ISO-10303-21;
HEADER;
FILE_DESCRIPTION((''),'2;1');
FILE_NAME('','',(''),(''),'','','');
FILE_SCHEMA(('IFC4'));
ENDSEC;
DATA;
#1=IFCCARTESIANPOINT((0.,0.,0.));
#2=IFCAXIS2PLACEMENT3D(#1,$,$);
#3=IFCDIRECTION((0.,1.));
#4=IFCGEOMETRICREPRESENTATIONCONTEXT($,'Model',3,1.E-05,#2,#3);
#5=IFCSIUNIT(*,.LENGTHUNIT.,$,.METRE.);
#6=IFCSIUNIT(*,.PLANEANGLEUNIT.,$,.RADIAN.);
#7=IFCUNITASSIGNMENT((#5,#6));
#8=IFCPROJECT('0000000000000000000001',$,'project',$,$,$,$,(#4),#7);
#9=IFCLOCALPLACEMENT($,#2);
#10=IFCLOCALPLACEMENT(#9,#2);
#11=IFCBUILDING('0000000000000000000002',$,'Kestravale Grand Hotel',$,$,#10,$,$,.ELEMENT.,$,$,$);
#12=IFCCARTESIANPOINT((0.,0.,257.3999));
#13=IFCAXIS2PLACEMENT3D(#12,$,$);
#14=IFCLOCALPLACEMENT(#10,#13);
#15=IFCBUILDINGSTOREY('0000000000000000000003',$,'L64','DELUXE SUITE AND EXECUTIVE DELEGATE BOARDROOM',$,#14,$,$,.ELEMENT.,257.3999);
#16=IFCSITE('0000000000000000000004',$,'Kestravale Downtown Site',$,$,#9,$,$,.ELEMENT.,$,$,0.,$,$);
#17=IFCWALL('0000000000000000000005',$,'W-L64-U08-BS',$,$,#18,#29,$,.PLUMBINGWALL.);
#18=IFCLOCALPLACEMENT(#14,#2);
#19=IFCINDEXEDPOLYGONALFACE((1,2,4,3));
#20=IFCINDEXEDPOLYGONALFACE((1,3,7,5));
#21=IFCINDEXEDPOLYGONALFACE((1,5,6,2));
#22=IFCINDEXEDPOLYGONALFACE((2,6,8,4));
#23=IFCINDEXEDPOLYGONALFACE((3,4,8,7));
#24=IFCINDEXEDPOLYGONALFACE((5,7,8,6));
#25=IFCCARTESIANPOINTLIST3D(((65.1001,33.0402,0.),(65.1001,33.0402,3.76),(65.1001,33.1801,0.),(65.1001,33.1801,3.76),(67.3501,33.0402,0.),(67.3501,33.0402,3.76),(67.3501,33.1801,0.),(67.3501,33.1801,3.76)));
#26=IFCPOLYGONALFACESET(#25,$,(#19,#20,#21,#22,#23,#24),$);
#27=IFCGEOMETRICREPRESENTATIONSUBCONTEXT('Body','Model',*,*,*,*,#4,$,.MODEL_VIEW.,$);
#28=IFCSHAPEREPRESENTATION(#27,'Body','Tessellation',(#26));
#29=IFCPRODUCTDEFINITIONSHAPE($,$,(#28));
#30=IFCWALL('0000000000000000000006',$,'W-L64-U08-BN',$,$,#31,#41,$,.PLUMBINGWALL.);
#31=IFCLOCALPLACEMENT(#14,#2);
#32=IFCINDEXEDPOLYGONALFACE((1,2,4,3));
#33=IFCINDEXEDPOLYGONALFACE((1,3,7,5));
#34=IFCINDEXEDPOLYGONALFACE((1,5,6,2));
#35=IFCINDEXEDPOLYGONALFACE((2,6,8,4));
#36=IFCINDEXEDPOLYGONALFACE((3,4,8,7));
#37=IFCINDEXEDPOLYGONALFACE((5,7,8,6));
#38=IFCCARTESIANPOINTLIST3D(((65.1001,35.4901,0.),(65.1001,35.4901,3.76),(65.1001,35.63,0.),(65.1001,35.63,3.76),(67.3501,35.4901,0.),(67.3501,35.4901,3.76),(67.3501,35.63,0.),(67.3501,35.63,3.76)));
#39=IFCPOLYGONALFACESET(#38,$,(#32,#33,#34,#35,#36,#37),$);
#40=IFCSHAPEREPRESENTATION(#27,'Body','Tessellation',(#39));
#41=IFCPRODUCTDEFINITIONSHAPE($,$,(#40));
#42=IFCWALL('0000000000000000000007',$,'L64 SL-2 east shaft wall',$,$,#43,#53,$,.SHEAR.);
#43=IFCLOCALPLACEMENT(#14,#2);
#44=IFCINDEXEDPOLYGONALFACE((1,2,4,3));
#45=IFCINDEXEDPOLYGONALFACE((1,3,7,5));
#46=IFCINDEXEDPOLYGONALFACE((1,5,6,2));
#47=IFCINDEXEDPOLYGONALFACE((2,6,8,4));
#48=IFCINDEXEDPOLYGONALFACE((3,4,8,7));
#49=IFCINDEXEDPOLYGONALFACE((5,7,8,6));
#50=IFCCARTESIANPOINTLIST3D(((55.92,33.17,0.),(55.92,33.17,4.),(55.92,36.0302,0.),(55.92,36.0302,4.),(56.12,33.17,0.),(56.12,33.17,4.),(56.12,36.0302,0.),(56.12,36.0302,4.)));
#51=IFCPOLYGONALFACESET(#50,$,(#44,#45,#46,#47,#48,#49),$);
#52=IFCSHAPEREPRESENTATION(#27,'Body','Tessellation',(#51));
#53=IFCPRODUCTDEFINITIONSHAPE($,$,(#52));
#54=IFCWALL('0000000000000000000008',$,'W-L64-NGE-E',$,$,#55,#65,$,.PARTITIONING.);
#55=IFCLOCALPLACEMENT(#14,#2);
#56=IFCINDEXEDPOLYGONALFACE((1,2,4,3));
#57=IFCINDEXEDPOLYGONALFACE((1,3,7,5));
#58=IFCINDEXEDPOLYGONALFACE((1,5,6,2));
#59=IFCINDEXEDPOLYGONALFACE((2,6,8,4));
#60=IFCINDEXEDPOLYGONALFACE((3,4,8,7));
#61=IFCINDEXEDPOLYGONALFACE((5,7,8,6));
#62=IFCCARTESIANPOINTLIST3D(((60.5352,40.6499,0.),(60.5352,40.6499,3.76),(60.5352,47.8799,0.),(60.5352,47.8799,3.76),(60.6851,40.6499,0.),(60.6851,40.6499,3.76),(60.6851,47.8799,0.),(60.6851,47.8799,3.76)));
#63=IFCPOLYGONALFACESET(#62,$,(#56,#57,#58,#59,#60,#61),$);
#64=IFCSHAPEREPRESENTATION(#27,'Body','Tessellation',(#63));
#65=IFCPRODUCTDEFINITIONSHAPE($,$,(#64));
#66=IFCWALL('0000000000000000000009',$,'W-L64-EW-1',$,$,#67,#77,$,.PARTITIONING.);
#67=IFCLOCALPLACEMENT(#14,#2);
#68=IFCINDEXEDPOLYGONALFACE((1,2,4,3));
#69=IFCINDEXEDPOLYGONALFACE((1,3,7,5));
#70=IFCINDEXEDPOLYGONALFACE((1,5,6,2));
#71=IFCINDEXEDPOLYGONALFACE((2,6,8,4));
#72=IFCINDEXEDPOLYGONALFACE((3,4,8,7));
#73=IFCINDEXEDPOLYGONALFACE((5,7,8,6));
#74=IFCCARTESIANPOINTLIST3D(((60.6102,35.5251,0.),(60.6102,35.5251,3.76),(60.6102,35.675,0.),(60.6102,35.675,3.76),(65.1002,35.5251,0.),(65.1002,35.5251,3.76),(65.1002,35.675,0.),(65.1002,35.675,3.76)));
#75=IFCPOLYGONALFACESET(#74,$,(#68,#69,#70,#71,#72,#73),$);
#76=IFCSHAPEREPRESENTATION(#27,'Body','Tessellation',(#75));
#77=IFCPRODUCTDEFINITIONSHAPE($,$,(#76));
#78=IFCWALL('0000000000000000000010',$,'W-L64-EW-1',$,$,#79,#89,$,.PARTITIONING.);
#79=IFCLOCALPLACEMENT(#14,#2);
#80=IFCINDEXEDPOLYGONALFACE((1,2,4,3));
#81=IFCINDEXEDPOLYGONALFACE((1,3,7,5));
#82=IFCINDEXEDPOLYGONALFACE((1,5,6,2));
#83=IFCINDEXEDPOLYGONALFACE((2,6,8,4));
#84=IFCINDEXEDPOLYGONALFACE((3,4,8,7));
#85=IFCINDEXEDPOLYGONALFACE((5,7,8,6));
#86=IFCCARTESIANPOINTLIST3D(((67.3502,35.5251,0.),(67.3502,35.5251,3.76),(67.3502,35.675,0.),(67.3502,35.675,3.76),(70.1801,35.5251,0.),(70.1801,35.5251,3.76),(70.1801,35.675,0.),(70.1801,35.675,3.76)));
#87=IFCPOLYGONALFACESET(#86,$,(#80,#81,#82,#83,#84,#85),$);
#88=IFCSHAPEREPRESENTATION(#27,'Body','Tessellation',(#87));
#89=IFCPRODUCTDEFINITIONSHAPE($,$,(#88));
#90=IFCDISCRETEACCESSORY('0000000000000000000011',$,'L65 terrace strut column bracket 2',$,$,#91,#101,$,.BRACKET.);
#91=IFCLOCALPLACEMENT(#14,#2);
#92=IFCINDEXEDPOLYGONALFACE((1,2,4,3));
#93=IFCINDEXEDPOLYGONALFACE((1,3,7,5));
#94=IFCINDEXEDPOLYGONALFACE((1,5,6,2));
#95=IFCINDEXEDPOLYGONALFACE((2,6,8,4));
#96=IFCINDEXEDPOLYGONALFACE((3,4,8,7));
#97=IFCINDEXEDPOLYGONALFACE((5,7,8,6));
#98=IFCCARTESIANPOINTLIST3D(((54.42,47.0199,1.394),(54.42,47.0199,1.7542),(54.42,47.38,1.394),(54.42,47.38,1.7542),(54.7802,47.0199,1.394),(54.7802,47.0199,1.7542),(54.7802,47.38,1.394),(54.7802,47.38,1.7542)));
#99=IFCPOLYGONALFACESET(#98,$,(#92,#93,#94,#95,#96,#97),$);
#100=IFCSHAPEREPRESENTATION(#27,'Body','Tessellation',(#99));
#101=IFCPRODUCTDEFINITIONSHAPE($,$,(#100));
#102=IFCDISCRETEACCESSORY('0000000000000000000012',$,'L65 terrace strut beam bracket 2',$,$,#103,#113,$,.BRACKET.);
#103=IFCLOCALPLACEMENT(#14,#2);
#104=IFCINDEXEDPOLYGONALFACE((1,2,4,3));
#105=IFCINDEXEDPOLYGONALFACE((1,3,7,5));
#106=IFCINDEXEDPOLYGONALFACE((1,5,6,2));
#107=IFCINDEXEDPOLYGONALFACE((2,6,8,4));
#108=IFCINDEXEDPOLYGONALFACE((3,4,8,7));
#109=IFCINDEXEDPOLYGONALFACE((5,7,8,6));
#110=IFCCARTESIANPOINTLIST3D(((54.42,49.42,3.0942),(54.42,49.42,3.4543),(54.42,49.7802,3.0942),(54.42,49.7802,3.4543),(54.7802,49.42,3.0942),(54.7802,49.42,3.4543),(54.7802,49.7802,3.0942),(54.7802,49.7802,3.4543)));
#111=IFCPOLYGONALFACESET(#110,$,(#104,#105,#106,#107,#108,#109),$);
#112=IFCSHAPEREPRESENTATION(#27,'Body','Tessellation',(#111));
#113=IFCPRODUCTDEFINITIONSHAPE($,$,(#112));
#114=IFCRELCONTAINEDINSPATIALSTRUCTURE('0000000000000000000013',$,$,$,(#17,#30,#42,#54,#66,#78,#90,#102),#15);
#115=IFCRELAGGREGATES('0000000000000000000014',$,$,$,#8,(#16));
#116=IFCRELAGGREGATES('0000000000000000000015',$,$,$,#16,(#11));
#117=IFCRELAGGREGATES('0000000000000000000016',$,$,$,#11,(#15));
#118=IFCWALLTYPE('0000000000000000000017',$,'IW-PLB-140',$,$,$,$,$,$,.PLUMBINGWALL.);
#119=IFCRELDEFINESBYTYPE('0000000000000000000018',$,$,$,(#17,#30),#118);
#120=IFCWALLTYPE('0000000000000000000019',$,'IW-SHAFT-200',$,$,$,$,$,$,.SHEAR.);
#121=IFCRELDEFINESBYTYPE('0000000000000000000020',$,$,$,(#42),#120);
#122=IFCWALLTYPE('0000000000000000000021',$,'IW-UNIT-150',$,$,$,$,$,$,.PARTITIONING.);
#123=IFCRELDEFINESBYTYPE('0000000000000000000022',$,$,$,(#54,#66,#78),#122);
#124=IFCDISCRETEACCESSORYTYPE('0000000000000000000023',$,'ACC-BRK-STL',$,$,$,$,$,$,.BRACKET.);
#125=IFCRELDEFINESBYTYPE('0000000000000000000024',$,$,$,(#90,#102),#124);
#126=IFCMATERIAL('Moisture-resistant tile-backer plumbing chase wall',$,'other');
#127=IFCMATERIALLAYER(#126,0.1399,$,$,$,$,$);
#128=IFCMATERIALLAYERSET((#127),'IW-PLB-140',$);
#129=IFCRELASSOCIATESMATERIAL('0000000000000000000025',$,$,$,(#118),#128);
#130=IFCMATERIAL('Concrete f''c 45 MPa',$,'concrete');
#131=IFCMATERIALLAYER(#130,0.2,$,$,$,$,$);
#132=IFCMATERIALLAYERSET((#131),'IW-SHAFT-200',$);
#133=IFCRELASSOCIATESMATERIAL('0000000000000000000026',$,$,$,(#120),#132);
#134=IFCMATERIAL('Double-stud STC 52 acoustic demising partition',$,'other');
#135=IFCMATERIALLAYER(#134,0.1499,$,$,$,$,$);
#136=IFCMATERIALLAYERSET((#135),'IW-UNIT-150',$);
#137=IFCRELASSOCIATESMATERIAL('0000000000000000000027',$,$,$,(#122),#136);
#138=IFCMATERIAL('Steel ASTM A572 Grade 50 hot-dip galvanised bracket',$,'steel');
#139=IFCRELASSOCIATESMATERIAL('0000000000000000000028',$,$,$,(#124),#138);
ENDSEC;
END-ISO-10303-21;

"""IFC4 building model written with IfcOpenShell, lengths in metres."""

from ifc_helpers import new_model, si_unit, direction, frame, frame_2d, origin, origin_2d, place, context, subcontext, project, spatial, rectangle, extrude, material, layer, layer_set, type_object, element, save


model = new_model("IFC4")

# Units and contexts
model_context = context("Model", 3, precision=1e-05, world=origin(), true_north=direction((0.0, 1.0)))
body_context = subcontext(model_context, "Body", "Model", "MODEL_VIEW")
ifc_project = project(units=[si_unit("LENGTHUNIT", "METRE"), si_unit("PLANEANGLEUNIT", "RADIAN")], contexts=[model_context])

# Site, building, storey
site_placement = place(None, origin())
site = spatial("IfcSite", under=ifc_project, at=site_placement, Name="Kestravale Downtown Site", CompositionType="ELEMENT", RefElevation=0.0)
building_placement = place(site_placement, origin())
building = spatial("IfcBuilding", under=site, at=building_placement, Name="Kestravale Grand Hotel", CompositionType="ELEMENT")
storey_placement = place(building_placement, frame((0.0, 0.0, 257.3999)))
storey = spatial("IfcBuildingStorey", under=building, at=storey_placement, Name="L64", Description="DELUXE SUITE AND EXECUTIVE DELEGATE BOARDROOM", CompositionType="ELEMENT", Elevation=257.3999)

# Shared definitions
ifc_material_1 = material(Name="Moisture-resistant tile-backer plumbing chase wall", Category="other")
ifc_layer_1 = layer(ifc_material_1, 0.1399)
ifc_layer_set_1 = layer_set([ifc_layer_1], Name="IW-PLB-140")
wall_type_1 = type_object("IfcWallType", Name="IW-PLB-140", PredefinedType="PLUMBINGWALL", material=ifc_layer_set_1)

# Walls
for number, where, z_axis, x_axis, name in (
    (1, (65.1001, 33.1101, 0.0), (0.0, 0.0, 1.0), (1.0, 0.0, 0.0), "W-L64-U08-BS"),
    (2, (65.1001, 35.5601, 0.0), (0.0, 0.0, 1.0), (1.0, 0.0, 0.0), "W-L64-U08-BN"),
):
    element("IfcWall", number, at=place(storey_placement, frame(where, z_axis=z_axis, x_axis=x_axis)), inside=storey, type_object=wall_type_1, Name=name, PredefinedType="PLUMBINGWALL", context=body_context, shape_type="SweptSolid", body=[
        extrude(rectangle(XDim=2.25, YDim=0.1399, at=frame_2d((1.125, 0.0))), origin(), (0.0, 0.0, 1.0), 3.76),
    ])
ifc_material_2 = material(Name="Concrete f'c 45 MPa", Category="concrete")
ifc_layer_2 = layer(ifc_material_2, 0.2)
ifc_layer_set_2 = layer_set([ifc_layer_2], Name="IW-SHAFT-200")
wall_type_2 = type_object("IfcWallType", Name="IW-SHAFT-200", PredefinedType="SHEAR", material=ifc_layer_set_2)
wall_1_placement = place(storey_placement, frame((56.02, 33.1699, 0.0), z_axis=(0.0, 0.0, 1.0), x_axis=(0.0, 1.0, 0.0)))
element("IfcWall", 3, at=wall_1_placement, inside=storey, type_object=wall_type_2, Name="L64 SL-2 east shaft wall", PredefinedType="SHEAR", context=body_context, shape_type="SweptSolid", body=[
    extrude(rectangle(XDim=2.8601, YDim=0.2, at=frame_2d((1.4302, 0.0))), origin(), (0.0, 0.0, 1.0), 4.0),
])

# Shared definitions
ifc_material_3 = material(Name="Double-stud STC 52 acoustic demising partition", Category="other")
ifc_layer_3 = layer(ifc_material_3, 0.1499)
ifc_layer_set_3 = layer_set([ifc_layer_3], Name="IW-UNIT-150")
wall_type_3 = type_object("IfcWallType", Name="IW-UNIT-150", PredefinedType="PARTITIONING", material=ifc_layer_set_3)

# Walls
wall_2_placement = place(storey_placement, frame((60.6101, 40.6499, 0.0), z_axis=(0.0, 0.0, 1.0), x_axis=(0.0, 1.0, 0.0)))
element("IfcWall", 4, at=wall_2_placement, inside=storey, type_object=wall_type_3, Name="W-L64-NGE-E", PredefinedType="PARTITIONING", context=body_context, shape_type="SweptSolid", body=[
    extrude(rectangle(XDim=7.23, YDim=0.1499, at=frame_2d((3.615, 0.0))), origin(), (0.0, 0.0, 1.0), 3.76),
])
wall_3_placement = place(storey_placement, frame((60.6101, 35.6001, 0.0), z_axis=(0.0, 0.0, 1.0), x_axis=(1.0, 0.0, 0.0)))
element("IfcWall", 5, at=wall_3_placement, inside=storey, type_object=wall_type_3, Name="W-L64-EW-1", PredefinedType="PARTITIONING", context=body_context, shape_type="SweptSolid", body=[
    extrude(rectangle(XDim=4.49, YDim=0.1499, at=frame_2d((2.2451, 0.0))), origin(), (0.0, 0.0, 1.0), 3.76),
])
wall_4_placement = place(storey_placement, frame((67.3501, 35.6001, 0.0), z_axis=(0.0, 0.0, 1.0), x_axis=(1.0, 0.0, 0.0)))
element("IfcWall", 6, at=wall_4_placement, inside=storey, type_object=wall_type_3, Name="W-L64-EW-1", PredefinedType="PARTITIONING", context=body_context, shape_type="SweptSolid", body=[
    extrude(rectangle(XDim=2.8298, YDim=0.1499, at=frame_2d((1.415, 0.0))), origin(), (0.0, 0.0, 1.0), 3.76),
])

# Discrete accessories
ifc_material_4 = material(Name="Steel ASTM A572 Grade 50 hot-dip galvanised bracket", Category="steel")
discrete_accessory_type = type_object("IfcDiscreteAccessoryType", Name="ACC-BRK-STL", PredefinedType="BRACKET", material=ifc_material_4)
for number, where, z_axis, x_axis, name in (
    (7, (54.6001, 47.2, 1.394), (0.0, 0.0, 1.0), (1.0, 0.0, 0.0), "L65 terrace strut column bracket 2"),
    (8, (54.6001, 49.6001, 3.0942), (0.0, 0.0, 1.0), (1.0, 0.0, 0.0), "L65 terrace strut beam bracket 2"),
):
    element("IfcDiscreteAccessory", number, at=place(storey_placement, frame(where, z_axis=z_axis, x_axis=x_axis)), inside=storey, type_object=discrete_accessory_type, Name=name, PredefinedType="BRACKET", context=body_context, shape_type="SweptSolid", body=[
        extrude(rectangle(XDim=0.3601, YDim=0.3601, at=origin_2d()), origin(), (0.0, 0.0, 1.0), 0.3601),
    ])

save(model, "model.ifc")
